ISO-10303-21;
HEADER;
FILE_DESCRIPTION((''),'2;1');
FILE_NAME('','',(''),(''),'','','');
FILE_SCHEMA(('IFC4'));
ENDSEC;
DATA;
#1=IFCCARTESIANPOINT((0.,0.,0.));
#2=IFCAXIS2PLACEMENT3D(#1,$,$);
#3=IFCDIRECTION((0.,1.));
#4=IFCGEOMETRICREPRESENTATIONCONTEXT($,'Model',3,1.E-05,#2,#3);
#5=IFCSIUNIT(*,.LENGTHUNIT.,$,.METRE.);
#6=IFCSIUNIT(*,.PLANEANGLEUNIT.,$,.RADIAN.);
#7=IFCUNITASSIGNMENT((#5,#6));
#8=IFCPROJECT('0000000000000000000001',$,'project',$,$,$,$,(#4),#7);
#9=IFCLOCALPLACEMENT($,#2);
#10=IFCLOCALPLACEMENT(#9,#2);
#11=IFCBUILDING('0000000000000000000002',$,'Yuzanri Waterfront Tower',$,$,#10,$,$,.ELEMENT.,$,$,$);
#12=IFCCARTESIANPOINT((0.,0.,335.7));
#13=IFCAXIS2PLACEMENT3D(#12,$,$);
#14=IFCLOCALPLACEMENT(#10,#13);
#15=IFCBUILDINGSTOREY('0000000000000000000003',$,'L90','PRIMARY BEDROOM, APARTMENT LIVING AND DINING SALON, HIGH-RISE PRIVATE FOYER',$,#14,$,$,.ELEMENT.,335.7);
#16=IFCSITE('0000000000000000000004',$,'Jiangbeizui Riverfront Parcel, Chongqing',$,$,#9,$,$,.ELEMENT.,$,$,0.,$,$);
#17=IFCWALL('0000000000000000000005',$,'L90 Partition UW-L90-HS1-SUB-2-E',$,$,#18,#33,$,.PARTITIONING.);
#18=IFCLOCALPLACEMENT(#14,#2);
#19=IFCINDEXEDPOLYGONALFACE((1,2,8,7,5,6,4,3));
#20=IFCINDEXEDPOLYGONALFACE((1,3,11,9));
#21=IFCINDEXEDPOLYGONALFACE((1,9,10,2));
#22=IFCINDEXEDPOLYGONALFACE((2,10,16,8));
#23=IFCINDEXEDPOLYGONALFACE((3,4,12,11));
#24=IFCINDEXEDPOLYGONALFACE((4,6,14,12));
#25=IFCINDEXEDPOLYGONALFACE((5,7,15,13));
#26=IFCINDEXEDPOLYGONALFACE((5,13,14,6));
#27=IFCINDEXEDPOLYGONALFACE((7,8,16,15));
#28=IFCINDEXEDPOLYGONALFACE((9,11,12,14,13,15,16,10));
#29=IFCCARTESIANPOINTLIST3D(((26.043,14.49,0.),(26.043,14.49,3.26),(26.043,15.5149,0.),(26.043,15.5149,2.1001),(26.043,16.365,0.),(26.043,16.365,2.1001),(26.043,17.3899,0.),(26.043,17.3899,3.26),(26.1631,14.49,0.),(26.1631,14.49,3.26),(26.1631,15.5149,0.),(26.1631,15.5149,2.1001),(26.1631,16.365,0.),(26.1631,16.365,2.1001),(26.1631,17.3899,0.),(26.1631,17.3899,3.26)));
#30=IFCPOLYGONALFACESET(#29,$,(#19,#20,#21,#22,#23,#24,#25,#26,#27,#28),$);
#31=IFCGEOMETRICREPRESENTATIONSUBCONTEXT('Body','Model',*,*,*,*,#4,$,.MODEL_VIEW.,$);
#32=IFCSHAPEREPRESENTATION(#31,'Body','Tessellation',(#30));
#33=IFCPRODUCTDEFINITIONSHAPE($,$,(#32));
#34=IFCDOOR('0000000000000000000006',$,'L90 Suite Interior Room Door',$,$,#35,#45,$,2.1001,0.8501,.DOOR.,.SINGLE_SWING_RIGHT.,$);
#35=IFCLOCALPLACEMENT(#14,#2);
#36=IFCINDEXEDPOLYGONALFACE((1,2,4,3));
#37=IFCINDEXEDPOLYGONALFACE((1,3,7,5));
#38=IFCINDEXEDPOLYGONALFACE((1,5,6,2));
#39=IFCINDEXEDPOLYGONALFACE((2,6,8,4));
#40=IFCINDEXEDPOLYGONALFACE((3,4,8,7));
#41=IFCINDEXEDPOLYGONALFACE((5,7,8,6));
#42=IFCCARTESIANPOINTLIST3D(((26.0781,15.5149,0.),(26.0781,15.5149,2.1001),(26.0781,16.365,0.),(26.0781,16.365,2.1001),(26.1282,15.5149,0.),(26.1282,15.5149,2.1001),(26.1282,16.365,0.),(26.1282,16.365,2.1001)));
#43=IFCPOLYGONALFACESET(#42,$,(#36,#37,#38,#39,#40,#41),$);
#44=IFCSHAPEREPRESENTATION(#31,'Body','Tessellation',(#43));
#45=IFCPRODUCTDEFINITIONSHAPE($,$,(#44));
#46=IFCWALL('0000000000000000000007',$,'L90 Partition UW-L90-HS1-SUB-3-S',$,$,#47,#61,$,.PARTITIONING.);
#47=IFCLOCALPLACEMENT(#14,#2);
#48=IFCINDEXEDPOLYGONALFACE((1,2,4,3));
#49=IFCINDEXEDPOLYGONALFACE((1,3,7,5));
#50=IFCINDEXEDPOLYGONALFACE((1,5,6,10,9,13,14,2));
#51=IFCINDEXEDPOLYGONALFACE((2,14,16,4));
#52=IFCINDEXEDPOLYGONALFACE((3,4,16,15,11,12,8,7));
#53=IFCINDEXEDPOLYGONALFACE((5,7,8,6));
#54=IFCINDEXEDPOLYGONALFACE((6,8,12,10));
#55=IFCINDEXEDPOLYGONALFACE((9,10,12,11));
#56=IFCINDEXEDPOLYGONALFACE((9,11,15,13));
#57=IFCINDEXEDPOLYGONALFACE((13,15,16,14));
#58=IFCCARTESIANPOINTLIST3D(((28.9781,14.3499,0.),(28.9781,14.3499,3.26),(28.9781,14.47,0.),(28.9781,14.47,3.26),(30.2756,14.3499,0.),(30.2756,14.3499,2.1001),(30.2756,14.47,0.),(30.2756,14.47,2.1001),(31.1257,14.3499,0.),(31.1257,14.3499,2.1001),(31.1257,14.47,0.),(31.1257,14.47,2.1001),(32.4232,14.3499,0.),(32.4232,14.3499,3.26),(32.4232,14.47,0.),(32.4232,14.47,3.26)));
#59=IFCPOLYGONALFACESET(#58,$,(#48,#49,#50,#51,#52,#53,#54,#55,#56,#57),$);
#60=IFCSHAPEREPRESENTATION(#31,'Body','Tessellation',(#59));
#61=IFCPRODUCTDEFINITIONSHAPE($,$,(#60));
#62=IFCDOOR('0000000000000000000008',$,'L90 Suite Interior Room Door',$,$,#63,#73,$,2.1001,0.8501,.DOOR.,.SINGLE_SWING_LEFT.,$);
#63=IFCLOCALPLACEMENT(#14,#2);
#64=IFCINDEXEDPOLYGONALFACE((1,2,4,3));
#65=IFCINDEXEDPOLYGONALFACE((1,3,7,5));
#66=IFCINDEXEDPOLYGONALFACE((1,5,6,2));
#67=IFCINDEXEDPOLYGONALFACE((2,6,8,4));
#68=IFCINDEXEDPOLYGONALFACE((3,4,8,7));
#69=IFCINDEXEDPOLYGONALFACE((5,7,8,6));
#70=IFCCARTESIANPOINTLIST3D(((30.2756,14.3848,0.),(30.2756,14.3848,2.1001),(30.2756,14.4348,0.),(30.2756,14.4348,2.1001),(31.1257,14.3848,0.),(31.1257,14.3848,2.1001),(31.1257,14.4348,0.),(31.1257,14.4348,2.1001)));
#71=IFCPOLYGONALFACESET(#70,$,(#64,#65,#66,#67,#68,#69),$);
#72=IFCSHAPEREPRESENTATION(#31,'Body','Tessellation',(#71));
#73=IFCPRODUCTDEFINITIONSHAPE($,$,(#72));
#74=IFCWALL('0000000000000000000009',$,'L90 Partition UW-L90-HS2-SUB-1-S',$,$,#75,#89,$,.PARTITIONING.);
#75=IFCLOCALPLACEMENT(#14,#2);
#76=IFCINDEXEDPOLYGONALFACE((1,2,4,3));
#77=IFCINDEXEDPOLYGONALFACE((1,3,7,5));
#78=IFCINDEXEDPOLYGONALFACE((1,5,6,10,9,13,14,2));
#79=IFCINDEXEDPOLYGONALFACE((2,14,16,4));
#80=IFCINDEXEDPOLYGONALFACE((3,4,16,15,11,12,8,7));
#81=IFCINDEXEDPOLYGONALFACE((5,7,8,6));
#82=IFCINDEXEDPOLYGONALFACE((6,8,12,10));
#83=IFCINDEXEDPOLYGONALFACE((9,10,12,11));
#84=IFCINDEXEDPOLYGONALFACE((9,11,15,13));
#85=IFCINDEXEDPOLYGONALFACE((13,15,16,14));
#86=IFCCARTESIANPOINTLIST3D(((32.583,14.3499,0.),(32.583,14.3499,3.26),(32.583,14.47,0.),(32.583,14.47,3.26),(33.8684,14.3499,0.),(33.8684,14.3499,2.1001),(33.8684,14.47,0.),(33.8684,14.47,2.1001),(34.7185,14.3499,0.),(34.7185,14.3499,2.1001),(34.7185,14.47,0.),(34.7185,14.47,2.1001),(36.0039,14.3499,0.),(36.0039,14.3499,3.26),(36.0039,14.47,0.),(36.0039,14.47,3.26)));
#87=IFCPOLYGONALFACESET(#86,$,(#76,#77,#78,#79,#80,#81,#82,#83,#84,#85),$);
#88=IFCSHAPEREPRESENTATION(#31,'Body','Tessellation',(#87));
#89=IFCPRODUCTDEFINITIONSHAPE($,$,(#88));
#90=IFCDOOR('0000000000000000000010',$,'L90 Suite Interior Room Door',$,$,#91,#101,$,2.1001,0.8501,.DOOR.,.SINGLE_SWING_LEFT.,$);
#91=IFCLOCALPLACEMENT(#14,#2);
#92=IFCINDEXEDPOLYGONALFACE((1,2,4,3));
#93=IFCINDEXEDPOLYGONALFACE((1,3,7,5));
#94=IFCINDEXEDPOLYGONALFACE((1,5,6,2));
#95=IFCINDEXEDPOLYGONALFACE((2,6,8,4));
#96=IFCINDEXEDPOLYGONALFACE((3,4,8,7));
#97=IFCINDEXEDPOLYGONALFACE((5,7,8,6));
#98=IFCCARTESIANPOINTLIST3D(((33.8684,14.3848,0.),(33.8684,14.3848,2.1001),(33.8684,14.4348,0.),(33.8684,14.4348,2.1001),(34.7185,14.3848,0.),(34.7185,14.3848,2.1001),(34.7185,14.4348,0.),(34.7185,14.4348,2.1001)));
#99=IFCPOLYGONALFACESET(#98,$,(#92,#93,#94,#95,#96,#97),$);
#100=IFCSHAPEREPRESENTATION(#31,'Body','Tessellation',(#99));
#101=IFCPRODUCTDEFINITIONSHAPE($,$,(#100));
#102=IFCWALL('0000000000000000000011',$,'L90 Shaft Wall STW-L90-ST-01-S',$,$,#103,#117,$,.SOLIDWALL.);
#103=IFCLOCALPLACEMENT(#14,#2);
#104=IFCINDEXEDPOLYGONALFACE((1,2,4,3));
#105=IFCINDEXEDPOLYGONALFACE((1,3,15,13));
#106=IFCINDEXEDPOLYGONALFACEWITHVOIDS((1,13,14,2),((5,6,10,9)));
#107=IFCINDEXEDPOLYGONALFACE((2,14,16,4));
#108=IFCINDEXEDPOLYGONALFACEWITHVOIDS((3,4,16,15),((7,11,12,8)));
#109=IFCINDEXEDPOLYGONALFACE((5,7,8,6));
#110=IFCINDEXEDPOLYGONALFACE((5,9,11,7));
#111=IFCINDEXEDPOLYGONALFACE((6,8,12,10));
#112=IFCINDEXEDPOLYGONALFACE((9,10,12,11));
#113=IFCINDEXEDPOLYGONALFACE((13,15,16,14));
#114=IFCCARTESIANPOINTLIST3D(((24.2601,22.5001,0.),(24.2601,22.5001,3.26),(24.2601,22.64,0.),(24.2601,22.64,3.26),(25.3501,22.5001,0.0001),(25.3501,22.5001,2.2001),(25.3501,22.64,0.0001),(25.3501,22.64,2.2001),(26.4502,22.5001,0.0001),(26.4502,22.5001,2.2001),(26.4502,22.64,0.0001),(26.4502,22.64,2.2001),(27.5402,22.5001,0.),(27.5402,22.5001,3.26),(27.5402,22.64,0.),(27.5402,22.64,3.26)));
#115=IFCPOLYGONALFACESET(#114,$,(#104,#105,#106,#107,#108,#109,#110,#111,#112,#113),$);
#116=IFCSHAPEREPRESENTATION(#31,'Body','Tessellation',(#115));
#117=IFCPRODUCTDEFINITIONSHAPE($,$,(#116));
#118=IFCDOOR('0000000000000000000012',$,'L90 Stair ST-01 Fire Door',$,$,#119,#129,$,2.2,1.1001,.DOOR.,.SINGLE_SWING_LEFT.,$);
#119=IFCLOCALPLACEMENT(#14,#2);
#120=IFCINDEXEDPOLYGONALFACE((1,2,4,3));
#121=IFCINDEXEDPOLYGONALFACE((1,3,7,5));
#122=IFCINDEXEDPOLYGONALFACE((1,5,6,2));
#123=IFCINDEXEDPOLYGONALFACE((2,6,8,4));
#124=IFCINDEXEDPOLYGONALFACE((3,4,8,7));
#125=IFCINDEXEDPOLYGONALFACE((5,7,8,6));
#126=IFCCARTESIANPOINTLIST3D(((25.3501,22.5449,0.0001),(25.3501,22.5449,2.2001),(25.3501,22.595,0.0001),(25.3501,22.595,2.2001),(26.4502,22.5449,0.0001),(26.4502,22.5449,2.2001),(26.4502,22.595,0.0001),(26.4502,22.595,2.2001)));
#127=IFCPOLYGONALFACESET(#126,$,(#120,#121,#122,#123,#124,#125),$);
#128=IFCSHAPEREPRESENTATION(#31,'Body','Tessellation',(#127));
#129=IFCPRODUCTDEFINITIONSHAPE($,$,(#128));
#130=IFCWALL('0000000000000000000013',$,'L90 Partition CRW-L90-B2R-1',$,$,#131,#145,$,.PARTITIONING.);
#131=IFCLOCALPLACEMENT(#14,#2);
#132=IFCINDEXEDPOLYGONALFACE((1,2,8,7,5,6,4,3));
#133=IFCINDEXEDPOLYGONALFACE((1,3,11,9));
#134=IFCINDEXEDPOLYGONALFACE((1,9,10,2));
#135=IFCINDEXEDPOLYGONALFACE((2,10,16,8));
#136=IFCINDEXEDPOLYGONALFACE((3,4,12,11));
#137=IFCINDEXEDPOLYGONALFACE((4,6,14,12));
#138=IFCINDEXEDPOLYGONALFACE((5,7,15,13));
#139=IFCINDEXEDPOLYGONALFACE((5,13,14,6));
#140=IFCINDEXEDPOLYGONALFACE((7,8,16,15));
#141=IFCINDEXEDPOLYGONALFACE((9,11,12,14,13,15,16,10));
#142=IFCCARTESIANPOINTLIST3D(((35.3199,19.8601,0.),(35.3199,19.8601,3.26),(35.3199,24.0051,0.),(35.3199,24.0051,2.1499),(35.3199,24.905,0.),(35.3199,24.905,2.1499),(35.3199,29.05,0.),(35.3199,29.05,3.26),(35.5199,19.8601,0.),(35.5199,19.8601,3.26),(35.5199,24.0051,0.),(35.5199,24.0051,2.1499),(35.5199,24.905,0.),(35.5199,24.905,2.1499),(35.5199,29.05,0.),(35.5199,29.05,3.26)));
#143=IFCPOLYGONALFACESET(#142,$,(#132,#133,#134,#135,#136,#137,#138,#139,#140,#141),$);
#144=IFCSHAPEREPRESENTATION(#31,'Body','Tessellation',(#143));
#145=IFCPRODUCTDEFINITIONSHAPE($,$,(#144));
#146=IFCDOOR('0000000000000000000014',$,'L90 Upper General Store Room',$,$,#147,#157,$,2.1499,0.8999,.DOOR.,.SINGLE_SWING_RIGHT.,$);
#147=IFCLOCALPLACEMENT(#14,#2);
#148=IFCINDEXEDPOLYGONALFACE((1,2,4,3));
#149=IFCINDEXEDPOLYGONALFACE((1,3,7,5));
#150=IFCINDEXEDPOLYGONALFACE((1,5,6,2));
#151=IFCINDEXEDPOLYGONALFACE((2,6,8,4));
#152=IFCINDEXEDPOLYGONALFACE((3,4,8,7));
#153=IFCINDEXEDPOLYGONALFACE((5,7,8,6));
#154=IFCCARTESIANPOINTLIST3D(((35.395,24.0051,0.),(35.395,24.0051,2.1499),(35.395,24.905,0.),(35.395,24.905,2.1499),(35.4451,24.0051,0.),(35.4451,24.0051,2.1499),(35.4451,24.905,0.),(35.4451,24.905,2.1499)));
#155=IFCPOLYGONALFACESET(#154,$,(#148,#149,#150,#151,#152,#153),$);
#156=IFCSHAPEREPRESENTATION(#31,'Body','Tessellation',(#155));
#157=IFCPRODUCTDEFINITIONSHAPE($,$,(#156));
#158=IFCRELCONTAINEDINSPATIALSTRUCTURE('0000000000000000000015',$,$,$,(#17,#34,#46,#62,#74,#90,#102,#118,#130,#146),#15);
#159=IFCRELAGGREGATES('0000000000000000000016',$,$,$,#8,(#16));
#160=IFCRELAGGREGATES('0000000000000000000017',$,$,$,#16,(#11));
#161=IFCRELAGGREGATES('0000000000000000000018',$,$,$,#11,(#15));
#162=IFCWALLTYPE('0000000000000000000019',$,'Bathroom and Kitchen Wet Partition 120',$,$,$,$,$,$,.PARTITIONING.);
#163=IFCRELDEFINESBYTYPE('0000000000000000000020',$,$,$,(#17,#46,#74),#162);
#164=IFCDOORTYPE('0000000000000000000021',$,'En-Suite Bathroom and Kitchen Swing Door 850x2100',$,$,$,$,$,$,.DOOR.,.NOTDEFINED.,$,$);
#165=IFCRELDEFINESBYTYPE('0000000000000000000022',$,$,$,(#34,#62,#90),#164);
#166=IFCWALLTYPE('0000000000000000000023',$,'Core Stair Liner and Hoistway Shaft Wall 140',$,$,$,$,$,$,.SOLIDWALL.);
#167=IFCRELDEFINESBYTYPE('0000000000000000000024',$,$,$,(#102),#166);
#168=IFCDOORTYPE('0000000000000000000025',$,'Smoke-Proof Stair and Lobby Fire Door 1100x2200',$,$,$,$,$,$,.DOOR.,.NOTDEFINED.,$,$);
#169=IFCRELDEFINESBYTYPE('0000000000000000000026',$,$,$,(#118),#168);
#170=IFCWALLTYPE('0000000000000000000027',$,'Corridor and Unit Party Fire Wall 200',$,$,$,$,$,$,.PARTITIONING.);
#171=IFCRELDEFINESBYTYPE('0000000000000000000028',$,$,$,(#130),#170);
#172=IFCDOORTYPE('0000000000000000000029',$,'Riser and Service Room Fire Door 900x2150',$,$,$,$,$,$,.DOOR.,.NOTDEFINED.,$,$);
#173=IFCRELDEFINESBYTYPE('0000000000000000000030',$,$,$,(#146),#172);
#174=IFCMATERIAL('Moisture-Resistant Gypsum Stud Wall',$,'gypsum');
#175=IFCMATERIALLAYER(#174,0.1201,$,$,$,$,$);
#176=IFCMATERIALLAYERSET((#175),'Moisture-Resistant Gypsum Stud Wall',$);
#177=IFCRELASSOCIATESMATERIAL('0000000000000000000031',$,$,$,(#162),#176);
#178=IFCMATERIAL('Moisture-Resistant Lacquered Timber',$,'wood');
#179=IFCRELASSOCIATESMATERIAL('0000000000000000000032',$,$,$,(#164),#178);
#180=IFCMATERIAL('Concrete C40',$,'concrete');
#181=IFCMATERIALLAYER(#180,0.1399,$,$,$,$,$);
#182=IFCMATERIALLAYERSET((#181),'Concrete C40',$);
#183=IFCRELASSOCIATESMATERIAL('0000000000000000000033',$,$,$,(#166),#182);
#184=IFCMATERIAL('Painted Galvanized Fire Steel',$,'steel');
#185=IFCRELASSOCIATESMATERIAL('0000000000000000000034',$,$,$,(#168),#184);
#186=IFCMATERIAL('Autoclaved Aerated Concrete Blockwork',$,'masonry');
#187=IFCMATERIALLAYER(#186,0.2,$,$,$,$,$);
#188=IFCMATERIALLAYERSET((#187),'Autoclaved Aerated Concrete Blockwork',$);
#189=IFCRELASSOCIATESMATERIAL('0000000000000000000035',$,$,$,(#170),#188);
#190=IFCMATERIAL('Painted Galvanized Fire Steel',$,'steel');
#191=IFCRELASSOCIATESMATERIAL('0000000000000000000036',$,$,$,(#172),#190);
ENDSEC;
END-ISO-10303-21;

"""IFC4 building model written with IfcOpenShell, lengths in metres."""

from ifc_helpers import new_model, si_unit, direction, frame, frame_2d, origin, place, context, subcontext, project, spatial, rectangle, extrude, source, transform, mapped, material, layer, layer_set, type_object, element, fill, save


model = new_model("IFC4")

# Units and contexts
model_context = context("Model", 3, precision=1e-05, world=origin(), true_north=direction((0.0, 1.0)))
body_context = subcontext(model_context, "Body", "Model", "MODEL_VIEW")
ifc_project = project(units=[si_unit("LENGTHUNIT", "METRE"), si_unit("PLANEANGLEUNIT", "RADIAN")], contexts=[model_context])

# Site, building, storey
site_placement = place(None, origin())
site = spatial("IfcSite", under=ifc_project, at=site_placement, Name="Jiangbeizui Riverfront Parcel, Chongqing", CompositionType="ELEMENT", RefElevation=0.0)
building_placement = place(site_placement, origin())
building = spatial("IfcBuilding", under=site, at=building_placement, Name="Yuzanri Waterfront Tower", CompositionType="ELEMENT")
storey_placement = place(building_placement, frame((0.0, 0.0, 335.7)))
storey = spatial("IfcBuildingStorey", under=building, at=storey_placement, Name="L90", Description="PRIMARY BEDROOM, APARTMENT LIVING AND DINING SALON, HIGH-RISE PRIVATE FOYER", CompositionType="ELEMENT", Elevation=335.7)

# Walls, openings, doors
ifc_material_1 = material(Name="Moisture-Resistant Gypsum Stud Wall", Category="gypsum")
ifc_layer_1 = layer(ifc_material_1, 0.1201)
ifc_layer_set_1 = layer_set([ifc_layer_1], Name="Moisture-Resistant Gypsum Stud Wall")
wall_type_1 = type_object("IfcWallType", Name="Bathroom and Kitchen Wet Partition 120", PredefinedType="PARTITIONING", material=ifc_layer_set_1)
wall_1_placement = place(storey_placement, frame((26.103, 14.49, 0.0), z_axis=(0.0, 0.0, 1.0), x_axis=(0.0, 1.0, 0.0)))
wall_1 = element("IfcWall", 1, at=wall_1_placement, inside=storey, type_object=wall_type_1, Name="L90 Partition UW-L90-HS1-SUB-2-E", PredefinedType="PARTITIONING", context=body_context, shape_type="SweptSolid", body=[
    extrude(rectangle(XDim=2.8999, YDim=0.1201, at=frame_2d((1.45, 0.0))), origin(), (0.0, 0.0, 1.0), 3.26),
])
opening_1_placement = place(wall_1_placement, frame((1.0249, 0.0, 0.0)))
opening_1 = element("IfcOpeningElement", 2, at=opening_1_placement, cuts=wall_1, PredefinedType="OPENING", context=body_context, shape_type="SweptSolid", body=[
    extrude(rectangle(XDim=0.8501, YDim=2.1001, at=frame_2d((0.425, 1.05))), frame((0.0, 0.075, 0.0), z_axis=(0.0, -1.0, 0.0), x_axis=(1.0, 0.0, 0.0)), (0.0, 0.0, 1.0), 0.1499),
])
ifc_material_2 = material(Name="Moisture-Resistant Lacquered Timber", Category="wood")
door_type_1 = type_object("IfcDoorType", Name="En-Suite Bathroom and Kitchen Swing Door 850x2100", OperationType="NOTDEFINED", PredefinedType="DOOR", material=ifc_material_2)
shared_shape_1 = source(origin(), body_context, "Body", "SweptSolid", [
    extrude(rectangle(XDim=0.8501, YDim=2.1001, at=frame_2d((0.425, 1.05))), frame((0.0, 0.0249, 0.0), z_axis=(0.0, -1.0, 0.0), x_axis=(1.0, 0.0, 0.0)), (0.0, 0.0, 1.0), 0.05),
])
door_1_placement = place(opening_1_placement, origin())
door_1 = element("IfcDoor", 3, at=door_1_placement, inside=storey, type_object=door_type_1, Name="L90 Suite Interior Room Door", OperationType="SINGLE_SWING_RIGHT", OverallHeight=2.1001, OverallWidth=0.8501, PredefinedType="DOOR", context=body_context, shape_type="MappedRepresentation", body=[
    mapped(shared_shape_1, transform((0.0, 0.0, 0.0), scale=1.0)),
])
fill(opening_1, door_1)
wall_2_placement = place(storey_placement, frame((28.978, 14.4099, 0.0), z_axis=(0.0, 0.0, 1.0), x_axis=(1.0, 0.0, 0.0)))
wall_2 = element("IfcWall", 4, at=wall_2_placement, inside=storey, type_object=wall_type_1, Name="L90 Partition UW-L90-HS1-SUB-3-S", PredefinedType="PARTITIONING", context=body_context, shape_type="SweptSolid", body=[
    extrude(rectangle(XDim=3.4451, YDim=0.1201, at=frame_2d((1.7227, 0.0))), origin(), (0.0, 0.0, 1.0), 3.26),
])
opening_2_placement = place(wall_2_placement, frame((1.2976, 0.0, 0.0)))
opening_2 = element("IfcOpeningElement", 5, at=opening_2_placement, cuts=wall_2, PredefinedType="OPENING", context=body_context, shape_type="SweptSolid", body=[
    extrude(rectangle(XDim=0.8501, YDim=2.1001, at=frame_2d((0.425, 1.05))), frame((0.0, 0.075, 0.0), z_axis=(0.0, -1.0, 0.0), x_axis=(1.0, 0.0, 0.0)), (0.0, 0.0, 1.0), 0.1499),
])
door_2_placement = place(opening_2_placement, origin())
door_2 = element("IfcDoor", 6, at=door_2_placement, inside=storey, type_object=door_type_1, Name="L90 Suite Interior Room Door", OperationType="SINGLE_SWING_LEFT", OverallHeight=2.1001, OverallWidth=0.8501, PredefinedType="DOOR", context=body_context, shape_type="MappedRepresentation", body=[
    mapped(shared_shape_1, transform((0.0, 0.0, 0.0), scale=1.0)),
])
fill(opening_2, door_2)
wall_3_placement = place(storey_placement, frame((32.583, 14.4099, 0.0), z_axis=(0.0, 0.0, 1.0), x_axis=(1.0, 0.0, 0.0)))
wall_3 = element("IfcWall", 7, at=wall_3_placement, inside=storey, type_object=wall_type_1, Name="L90 Partition UW-L90-HS2-SUB-1-S", PredefinedType="PARTITIONING", context=body_context, shape_type="SweptSolid", body=[
    extrude(rectangle(XDim=3.4209, YDim=0.1201, at=frame_2d((1.7104, 0.0))), origin(), (0.0, 0.0, 1.0), 3.26),
])
opening_3_placement = place(wall_3_placement, frame((1.2854, 0.0, 0.0)))
opening_3 = element("IfcOpeningElement", 8, at=opening_3_placement, cuts=wall_3, PredefinedType="OPENING", context=body_context, shape_type="SweptSolid", body=[
    extrude(rectangle(XDim=0.8501, YDim=2.1001, at=frame_2d((0.425, 1.05))), frame((0.0, 0.075, 0.0), z_axis=(0.0, -1.0, 0.0), x_axis=(1.0, 0.0, 0.0)), (0.0, 0.0, 1.0), 0.1499),
])
door_3_placement = place(opening_3_placement, origin())
door_3 = element("IfcDoor", 9, at=door_3_placement, inside=storey, type_object=door_type_1, Name="L90 Suite Interior Room Door", OperationType="SINGLE_SWING_LEFT", OverallHeight=2.1001, OverallWidth=0.8501, PredefinedType="DOOR", context=body_context, shape_type="MappedRepresentation", body=[
    mapped(shared_shape_1, transform((0.0, 0.0, 0.0), scale=1.0)),
])
fill(opening_3, door_3)
ifc_material_3 = material(Name="Concrete C40", Category="concrete")
ifc_layer_2 = layer(ifc_material_3, 0.1399)
ifc_layer_set_2 = layer_set([ifc_layer_2], Name="Concrete C40")
wall_type_2 = type_object("IfcWallType", Name="Core Stair Liner and Hoistway Shaft Wall 140", PredefinedType="SOLIDWALL", material=ifc_layer_set_2)
wall_4_placement = place(storey_placement, frame((24.26, 22.5701, 0.0), z_axis=(0.0, 0.0, 1.0), x_axis=(1.0, 0.0, 0.0)))
wall_4 = element("IfcWall", 10, at=wall_4_placement, inside=storey, type_object=wall_type_2, Name="L90 Shaft Wall STW-L90-ST-01-S", PredefinedType="SOLIDWALL", context=body_context, shape_type="SweptSolid", body=[
    extrude(rectangle(XDim=3.28, YDim=0.1399, at=frame_2d((1.6401, 0.0))), origin(), (0.0, 0.0, 1.0), 3.26),
])
opening_4_placement = place(wall_4_placement, frame((1.0901, 0.0, 0.0)))
opening_4 = element("IfcOpeningElement", 11, at=opening_4_placement, cuts=wall_4, PredefinedType="OPENING", context=body_context, shape_type="SweptSolid", body=[
    extrude(rectangle(XDim=1.1001, YDim=2.2, at=frame_2d((0.55, 1.1001))), frame((0.0, 0.085, 0.0), z_axis=(0.0, -1.0, 0.0), x_axis=(1.0, 0.0, 0.0)), (0.0, 0.0, 1.0), 0.1697),
])
ifc_material_4 = material(Name="Painted Galvanized Fire Steel", Category="steel")
door_type_2 = type_object("IfcDoorType", Name="Smoke-Proof Stair and Lobby Fire Door 1100x2200", OperationType="NOTDEFINED", PredefinedType="DOOR", material=ifc_material_4)
shared_shape_2 = source(origin(), body_context, "Body", "SweptSolid", [
    extrude(rectangle(XDim=1.1001, YDim=2.2, at=frame_2d((0.55, 1.1001))), frame((0.0, 0.0249, 0.0), z_axis=(0.0, -1.0, 0.0), x_axis=(1.0, 0.0, 0.0)), (0.0, 0.0, 1.0), 0.05),
])
door_4_placement = place(opening_4_placement, origin())
door_4 = element("IfcDoor", 12, at=door_4_placement, inside=storey, type_object=door_type_2, Name="L90 Stair ST-01 Fire Door", OperationType="SINGLE_SWING_LEFT", OverallHeight=2.2, OverallWidth=1.1001, PredefinedType="DOOR", context=body_context, shape_type="MappedRepresentation", body=[
    mapped(shared_shape_2, transform((0.0, 0.0, 0.0), scale=1.0)),
])
fill(opening_4, door_4)
ifc_material_5 = material(Name="Autoclaved Aerated Concrete Blockwork", Category="masonry")
ifc_layer_3 = layer(ifc_material_5, 0.2)
ifc_layer_set_3 = layer_set([ifc_layer_3], Name="Autoclaved Aerated Concrete Blockwork")
wall_type_3 = type_object("IfcWallType", Name="Corridor and Unit Party Fire Wall 200", PredefinedType="PARTITIONING", material=ifc_layer_set_3)
ifc_material_6 = material(Name="Painted Galvanized Fire Steel", Category="steel")
door_type_3 = type_object("IfcDoorType", Name="Riser and Service Room Fire Door 900x2150", OperationType="NOTDEFINED", PredefinedType="DOOR", material=ifc_material_6)
shared_shape_3 = source(origin(), body_context, "Body", "SweptSolid", [
    extrude(rectangle(XDim=0.8999, YDim=2.1499, at=frame_2d((0.45, 1.075))), frame((0.0, 0.0249, 0.0), z_axis=(0.0, -1.0, 0.0), x_axis=(1.0, 0.0, 0.0)), (0.0, 0.0, 1.0), 0.05),
])
wall_5_placement = place(storey_placement, frame((35.4199, 19.8601, 0.0), z_axis=(0.0, 0.0, 1.0), x_axis=(0.0, 1.0, 0.0)))
wall_5 = element("IfcWall", 13, at=wall_5_placement, inside=storey, type_object=wall_type_3, Name="L90 Partition CRW-L90-B2R-1", PredefinedType="PARTITIONING", context=body_context, shape_type="SweptSolid", body=[
    extrude(rectangle(XDim=9.1899, YDim=0.2, at=frame_2d((4.595, 0.0))), origin(), (0.0, 0.0, 1.0), 3.26),
])
opening_5_placement = place(wall_5_placement, frame((4.145, 0.0, 0.0)))
opening_5 = element("IfcOpeningElement", 14, at=opening_5_placement, cuts=wall_5, PredefinedType="OPENING", context=body_context, shape_type="SweptSolid", body=[
    extrude(rectangle(XDim=0.8999, YDim=2.1499, at=frame_2d((0.45, 1.075))), frame((0.0, 0.1147, 0.0), z_axis=(0.0, -1.0, 0.0), x_axis=(1.0, 0.0, 0.0)), (0.0, 0.0, 1.0), 0.2297),
])
door_5_placement = place(opening_5_placement, origin())
door_5 = element("IfcDoor", 15, at=door_5_placement, inside=storey, type_object=door_type_3, Name="L90 Upper General Store Room", OperationType="SINGLE_SWING_RIGHT", OverallHeight=2.1499, OverallWidth=0.8999, PredefinedType="DOOR", context=body_context, shape_type="MappedRepresentation", body=[
    mapped(shared_shape_3, transform((0.0, 0.0, 0.0), scale=1.0)),
])
fill(opening_5, door_5)

save(model, "model.ifc")
